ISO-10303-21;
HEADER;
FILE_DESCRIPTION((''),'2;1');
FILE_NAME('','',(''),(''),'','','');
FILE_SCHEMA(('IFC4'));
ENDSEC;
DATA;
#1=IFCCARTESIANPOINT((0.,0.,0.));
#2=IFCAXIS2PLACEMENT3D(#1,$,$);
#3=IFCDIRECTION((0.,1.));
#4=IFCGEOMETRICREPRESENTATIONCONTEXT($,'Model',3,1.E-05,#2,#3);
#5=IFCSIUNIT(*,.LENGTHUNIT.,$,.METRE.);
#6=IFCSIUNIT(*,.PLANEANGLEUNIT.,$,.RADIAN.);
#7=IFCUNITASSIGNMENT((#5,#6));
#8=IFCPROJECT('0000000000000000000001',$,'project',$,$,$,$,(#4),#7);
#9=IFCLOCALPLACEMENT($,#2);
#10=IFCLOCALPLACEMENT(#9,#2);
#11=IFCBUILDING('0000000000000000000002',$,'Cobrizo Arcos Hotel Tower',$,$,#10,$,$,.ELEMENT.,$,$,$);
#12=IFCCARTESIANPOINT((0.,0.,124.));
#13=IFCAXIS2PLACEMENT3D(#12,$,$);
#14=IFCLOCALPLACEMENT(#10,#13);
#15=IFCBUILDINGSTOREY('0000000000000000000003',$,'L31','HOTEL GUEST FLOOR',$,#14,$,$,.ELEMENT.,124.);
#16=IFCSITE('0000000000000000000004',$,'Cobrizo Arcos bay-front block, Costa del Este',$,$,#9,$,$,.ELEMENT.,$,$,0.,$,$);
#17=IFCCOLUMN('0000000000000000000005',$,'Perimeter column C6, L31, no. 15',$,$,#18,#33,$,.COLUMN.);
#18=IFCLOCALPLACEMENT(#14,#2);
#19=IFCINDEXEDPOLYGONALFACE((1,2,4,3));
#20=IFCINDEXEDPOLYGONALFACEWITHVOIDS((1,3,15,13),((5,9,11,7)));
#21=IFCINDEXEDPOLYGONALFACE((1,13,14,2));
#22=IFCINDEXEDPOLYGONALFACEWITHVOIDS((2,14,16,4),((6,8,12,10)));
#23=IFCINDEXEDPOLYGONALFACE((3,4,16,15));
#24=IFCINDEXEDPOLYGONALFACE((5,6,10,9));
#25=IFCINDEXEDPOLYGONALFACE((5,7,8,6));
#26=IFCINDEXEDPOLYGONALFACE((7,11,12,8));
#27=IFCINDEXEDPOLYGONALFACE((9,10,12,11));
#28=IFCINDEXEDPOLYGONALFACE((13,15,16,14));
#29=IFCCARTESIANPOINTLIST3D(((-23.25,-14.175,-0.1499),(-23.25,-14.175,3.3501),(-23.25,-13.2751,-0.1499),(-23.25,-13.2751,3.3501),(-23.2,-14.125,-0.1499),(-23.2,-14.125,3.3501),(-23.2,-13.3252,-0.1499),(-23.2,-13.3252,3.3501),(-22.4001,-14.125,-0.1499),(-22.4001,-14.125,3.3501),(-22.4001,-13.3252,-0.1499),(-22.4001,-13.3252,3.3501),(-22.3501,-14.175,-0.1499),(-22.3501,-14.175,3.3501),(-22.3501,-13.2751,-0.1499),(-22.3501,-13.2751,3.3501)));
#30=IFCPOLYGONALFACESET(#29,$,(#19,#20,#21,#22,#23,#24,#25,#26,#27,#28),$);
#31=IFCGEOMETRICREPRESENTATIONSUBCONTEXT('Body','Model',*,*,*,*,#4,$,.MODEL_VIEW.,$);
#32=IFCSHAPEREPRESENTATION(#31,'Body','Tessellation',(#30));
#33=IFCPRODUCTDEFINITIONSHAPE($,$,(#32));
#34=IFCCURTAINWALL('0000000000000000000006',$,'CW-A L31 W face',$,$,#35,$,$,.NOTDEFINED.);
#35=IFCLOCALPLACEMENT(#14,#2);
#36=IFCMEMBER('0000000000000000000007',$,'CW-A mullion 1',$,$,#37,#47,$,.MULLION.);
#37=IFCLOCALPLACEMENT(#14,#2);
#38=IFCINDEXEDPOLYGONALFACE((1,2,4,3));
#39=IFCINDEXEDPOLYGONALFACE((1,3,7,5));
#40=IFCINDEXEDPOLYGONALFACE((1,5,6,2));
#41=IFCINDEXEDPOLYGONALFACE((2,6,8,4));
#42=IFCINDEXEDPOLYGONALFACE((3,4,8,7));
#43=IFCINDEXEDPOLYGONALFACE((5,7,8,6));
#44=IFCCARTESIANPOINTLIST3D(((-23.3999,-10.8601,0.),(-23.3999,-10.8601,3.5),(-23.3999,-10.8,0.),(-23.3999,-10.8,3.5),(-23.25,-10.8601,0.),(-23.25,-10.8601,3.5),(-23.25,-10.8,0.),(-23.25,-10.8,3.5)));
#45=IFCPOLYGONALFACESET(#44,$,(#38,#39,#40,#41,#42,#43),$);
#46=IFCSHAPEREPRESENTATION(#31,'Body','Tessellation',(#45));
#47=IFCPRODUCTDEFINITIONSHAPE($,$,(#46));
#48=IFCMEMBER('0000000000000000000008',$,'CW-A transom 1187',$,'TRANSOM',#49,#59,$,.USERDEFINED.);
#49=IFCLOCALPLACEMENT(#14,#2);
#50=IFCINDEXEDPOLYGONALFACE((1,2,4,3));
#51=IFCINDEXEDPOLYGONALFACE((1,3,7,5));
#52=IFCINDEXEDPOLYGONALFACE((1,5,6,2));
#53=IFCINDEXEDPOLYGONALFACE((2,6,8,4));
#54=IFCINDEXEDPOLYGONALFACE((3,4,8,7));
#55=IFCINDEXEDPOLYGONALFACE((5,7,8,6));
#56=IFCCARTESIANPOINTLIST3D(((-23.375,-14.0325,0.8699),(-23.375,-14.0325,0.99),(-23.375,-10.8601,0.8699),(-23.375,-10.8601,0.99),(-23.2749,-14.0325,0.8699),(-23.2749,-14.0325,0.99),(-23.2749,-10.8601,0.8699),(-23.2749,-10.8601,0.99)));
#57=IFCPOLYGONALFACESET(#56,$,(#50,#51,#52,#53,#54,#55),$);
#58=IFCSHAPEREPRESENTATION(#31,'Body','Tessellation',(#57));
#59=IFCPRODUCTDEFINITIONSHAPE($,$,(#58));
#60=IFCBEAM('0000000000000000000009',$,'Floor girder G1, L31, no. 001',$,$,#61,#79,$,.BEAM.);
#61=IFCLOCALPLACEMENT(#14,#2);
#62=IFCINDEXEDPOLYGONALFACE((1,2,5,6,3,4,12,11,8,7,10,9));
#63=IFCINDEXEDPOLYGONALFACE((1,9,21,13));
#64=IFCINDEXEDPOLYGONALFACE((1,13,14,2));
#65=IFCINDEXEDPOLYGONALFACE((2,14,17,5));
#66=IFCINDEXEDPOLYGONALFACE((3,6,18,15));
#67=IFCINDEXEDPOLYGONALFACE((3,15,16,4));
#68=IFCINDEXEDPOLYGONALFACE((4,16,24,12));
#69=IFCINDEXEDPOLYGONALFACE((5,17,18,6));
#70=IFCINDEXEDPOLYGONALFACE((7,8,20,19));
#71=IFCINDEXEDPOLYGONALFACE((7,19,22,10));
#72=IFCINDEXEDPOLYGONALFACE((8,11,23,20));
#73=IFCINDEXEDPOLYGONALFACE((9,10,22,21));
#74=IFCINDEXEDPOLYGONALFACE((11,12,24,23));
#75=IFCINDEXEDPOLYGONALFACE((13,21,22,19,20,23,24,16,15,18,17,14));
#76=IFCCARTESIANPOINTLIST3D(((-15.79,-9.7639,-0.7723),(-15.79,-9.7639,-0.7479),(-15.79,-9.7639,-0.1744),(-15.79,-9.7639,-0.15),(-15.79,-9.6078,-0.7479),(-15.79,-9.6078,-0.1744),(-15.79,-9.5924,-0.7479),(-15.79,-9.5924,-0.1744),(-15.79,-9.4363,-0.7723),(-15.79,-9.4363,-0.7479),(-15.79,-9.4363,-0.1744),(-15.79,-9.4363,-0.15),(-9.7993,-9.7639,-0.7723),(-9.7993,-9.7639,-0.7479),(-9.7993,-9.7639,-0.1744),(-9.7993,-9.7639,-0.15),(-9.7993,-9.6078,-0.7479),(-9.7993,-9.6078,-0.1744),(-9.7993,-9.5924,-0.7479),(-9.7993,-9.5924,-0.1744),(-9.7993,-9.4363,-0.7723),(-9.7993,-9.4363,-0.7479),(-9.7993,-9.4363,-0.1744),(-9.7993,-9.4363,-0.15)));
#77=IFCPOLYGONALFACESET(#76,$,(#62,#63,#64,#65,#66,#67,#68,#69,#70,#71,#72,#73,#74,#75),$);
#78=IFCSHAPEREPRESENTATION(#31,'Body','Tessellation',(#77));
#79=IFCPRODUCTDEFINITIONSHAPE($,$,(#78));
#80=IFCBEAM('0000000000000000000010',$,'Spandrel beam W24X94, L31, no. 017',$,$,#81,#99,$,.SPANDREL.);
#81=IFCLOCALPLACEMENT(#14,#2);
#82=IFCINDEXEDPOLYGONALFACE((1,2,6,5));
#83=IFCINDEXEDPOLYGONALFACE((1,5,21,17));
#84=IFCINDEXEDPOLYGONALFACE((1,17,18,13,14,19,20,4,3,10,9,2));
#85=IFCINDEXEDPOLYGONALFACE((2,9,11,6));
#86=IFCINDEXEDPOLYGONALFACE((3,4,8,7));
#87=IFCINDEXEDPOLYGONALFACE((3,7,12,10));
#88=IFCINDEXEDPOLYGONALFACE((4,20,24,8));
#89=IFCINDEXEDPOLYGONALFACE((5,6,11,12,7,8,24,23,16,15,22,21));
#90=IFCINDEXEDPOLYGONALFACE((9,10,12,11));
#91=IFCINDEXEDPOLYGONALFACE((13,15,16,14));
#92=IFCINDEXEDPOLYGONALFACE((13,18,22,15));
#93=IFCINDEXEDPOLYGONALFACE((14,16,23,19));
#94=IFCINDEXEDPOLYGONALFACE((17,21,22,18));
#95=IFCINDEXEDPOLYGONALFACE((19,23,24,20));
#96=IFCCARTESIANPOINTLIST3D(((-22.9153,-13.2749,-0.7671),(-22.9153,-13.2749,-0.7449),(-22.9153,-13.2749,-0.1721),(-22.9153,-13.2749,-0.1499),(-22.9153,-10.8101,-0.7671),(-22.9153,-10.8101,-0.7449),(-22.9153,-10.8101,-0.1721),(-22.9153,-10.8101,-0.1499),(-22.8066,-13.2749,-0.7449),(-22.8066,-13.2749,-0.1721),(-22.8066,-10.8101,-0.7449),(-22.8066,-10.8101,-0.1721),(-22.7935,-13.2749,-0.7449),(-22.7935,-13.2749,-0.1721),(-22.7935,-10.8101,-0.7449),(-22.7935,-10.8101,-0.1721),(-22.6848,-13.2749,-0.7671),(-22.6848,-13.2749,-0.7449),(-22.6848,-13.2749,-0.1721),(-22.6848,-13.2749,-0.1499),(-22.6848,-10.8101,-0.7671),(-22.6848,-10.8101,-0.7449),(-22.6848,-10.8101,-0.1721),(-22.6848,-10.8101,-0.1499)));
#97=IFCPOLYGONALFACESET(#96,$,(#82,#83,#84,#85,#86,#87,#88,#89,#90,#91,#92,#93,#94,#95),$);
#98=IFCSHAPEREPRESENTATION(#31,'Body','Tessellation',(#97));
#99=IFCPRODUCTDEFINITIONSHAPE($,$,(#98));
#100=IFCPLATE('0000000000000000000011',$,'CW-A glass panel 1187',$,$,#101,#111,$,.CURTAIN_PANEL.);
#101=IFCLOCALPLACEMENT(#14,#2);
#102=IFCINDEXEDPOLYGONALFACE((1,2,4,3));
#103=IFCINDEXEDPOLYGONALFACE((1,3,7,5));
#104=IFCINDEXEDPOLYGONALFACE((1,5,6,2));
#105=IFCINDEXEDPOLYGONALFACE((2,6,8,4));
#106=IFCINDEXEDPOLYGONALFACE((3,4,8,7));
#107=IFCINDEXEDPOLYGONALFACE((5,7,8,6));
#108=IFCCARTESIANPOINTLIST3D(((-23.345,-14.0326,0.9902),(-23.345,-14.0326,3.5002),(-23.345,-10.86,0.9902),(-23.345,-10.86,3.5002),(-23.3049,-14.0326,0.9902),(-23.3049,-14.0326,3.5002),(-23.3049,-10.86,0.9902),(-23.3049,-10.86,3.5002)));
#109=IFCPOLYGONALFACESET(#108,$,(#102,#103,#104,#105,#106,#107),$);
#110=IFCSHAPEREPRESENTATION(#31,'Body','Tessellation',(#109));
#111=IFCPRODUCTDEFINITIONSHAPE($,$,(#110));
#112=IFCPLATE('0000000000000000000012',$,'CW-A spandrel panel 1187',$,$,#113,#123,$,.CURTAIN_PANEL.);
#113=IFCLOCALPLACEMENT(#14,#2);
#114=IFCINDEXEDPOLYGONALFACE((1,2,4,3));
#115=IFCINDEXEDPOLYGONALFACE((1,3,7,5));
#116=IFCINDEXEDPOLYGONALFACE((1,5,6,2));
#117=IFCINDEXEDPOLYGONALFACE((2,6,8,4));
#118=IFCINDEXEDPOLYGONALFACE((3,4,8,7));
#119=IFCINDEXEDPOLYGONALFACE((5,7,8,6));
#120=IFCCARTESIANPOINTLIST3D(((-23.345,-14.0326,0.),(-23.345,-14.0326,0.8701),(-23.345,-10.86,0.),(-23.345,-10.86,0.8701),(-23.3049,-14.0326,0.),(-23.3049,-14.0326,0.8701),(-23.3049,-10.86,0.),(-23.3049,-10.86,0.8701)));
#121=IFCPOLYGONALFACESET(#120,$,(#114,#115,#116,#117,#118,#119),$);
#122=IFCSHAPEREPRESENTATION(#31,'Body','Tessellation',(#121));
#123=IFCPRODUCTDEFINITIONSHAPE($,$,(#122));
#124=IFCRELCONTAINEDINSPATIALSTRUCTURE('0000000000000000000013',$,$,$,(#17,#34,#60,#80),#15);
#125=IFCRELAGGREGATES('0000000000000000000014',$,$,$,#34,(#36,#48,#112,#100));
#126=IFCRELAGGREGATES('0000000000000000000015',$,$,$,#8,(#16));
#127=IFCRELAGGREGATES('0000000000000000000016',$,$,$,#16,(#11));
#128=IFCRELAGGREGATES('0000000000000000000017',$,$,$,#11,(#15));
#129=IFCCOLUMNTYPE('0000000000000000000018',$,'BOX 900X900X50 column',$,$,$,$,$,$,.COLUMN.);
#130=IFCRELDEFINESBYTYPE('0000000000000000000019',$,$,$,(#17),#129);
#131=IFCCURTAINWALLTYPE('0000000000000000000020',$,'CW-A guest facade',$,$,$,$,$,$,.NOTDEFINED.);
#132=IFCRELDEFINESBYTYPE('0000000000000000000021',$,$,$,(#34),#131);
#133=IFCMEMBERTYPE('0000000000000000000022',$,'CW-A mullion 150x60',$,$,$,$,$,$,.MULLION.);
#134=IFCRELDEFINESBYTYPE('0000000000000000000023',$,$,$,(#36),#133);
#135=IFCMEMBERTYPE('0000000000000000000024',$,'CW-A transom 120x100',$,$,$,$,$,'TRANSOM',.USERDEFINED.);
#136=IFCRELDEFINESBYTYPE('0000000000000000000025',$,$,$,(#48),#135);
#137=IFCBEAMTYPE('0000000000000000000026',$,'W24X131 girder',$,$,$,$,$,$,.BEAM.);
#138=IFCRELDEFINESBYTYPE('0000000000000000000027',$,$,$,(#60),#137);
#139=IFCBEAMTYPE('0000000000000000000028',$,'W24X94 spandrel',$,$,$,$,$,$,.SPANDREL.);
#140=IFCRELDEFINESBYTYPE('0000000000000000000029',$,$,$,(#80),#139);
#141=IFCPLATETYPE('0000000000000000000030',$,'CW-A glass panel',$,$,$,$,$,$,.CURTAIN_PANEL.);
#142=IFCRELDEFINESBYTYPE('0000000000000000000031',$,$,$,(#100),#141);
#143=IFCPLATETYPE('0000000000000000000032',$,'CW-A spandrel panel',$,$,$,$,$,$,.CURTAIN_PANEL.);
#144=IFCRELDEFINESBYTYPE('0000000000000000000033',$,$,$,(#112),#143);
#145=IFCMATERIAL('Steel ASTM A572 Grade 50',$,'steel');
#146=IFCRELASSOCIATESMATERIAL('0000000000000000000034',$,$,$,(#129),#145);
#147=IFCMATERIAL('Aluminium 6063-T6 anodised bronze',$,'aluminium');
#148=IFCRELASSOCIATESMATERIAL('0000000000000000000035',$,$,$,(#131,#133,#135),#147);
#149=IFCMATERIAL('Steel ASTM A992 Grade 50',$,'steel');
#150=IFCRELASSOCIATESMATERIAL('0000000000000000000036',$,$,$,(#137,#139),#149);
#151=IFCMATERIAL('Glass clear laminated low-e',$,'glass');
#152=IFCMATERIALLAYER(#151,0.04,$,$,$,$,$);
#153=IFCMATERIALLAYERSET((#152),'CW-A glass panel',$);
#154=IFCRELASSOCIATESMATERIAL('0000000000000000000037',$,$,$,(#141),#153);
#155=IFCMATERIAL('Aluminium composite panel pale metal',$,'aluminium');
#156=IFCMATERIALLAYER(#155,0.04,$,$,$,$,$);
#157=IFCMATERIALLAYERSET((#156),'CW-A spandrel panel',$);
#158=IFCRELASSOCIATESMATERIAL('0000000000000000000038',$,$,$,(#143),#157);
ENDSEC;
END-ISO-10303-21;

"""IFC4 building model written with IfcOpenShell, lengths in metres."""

from ifc_helpers import new_model, si_unit, direction, frame, origin, origin_2d, place, context, subcontext, project, spatial, rectangle, hollow_rectangle, i_section, extrude, material, layer, layer_set, material_profile, profile_set, type_object, element, aggregate, save


model = new_model("IFC4")

# Units and contexts
model_context = context("Model", 3, precision=1e-05, world=origin(), true_north=direction((0.0, 1.0)))
body_context = subcontext(model_context, "Body", "Model", "MODEL_VIEW")
ifc_project = project(units=[si_unit("LENGTHUNIT", "METRE"), si_unit("PLANEANGLEUNIT", "RADIAN")], contexts=[model_context])

# Site, building, storey
site_placement = place(None, origin())
site = spatial("IfcSite", under=ifc_project, at=site_placement, Name="Cobrizo Arcos bay-front block, Costa del Este", CompositionType="ELEMENT", RefElevation=0.0)
building_placement = place(site_placement, origin())
building = spatial("IfcBuilding", under=site, at=building_placement, Name="Cobrizo Arcos Hotel Tower", CompositionType="ELEMENT")
storey_placement = place(building_placement, frame((0.0, 0.0, 124.0)))
storey = spatial("IfcBuildingStorey", under=building, at=storey_placement, Name="L31", Description="HOTEL GUEST FLOOR", CompositionType="ELEMENT", Elevation=124.0)

# Column
ifc_material_1 = material(Name="Steel ASTM A572 Grade 50", Category="steel")
ifc_material_profile_1 = material_profile(ifc_material_1, hollow_rectangle(XDim=0.8999, YDim=0.8999, WallThickness=0.05, at=origin_2d()), Name="BOX 900X900X50")
ifc_profile_set_1 = profile_set([ifc_material_profile_1], Name="Steel ASTM A572 Grade 50")
column_type = type_object("IfcColumnType", Name="BOX 900X900X50 column", PredefinedType="COLUMN", material=ifc_profile_set_1)
column_placement = place(storey_placement, frame((-22.8, -13.7251, -0.1499), z_axis=(0.0, 0.0, 1.0), x_axis=(1.0, 0.0, 0.0)))
element("IfcColumn", 1, at=column_placement, inside=storey, type_object=column_type, Name="Perimeter column C6, L31, no. 15", PredefinedType="COLUMN", context=body_context, shape_type="SweptSolid", body=[
    extrude(hollow_rectangle(XDim=0.8999, YDim=0.8999, WallThickness=0.05, at=origin_2d()), origin(), (0.0, 0.0, 1.0), 3.5),
])

# Curtain wall, members
ifc_material_2 = material(Name="Aluminium 6063-T6 anodised bronze", Category="aluminium")
curtain_wall_type = type_object("IfcCurtainWallType", Name="CW-A guest facade", PredefinedType="NOTDEFINED", material=ifc_material_2)
curtain_wall_placement = place(storey_placement, origin())
curtain_wall = element("IfcCurtainWall", 2, at=curtain_wall_placement, inside=storey, type_object=curtain_wall_type, Name="CW-A L31 W face", PredefinedType="NOTDEFINED")
ifc_material_profile_2 = material_profile(ifc_material_2, rectangle(XDim=0.1499, YDim=0.0601, at=origin_2d()), Name="CW-A mullion 150x60")
ifc_profile_set_2 = profile_set([ifc_material_profile_2], Name="Aluminium 6063-T6 anodised bronze")
member_type_1 = type_object("IfcMemberType", Name="CW-A mullion 150x60", PredefinedType="MULLION", material=ifc_profile_set_2)
member_1_placement = place(storey_placement, frame((-23.325, -10.8301, 0.0), z_axis=(0.0, 0.0, 1.0), x_axis=(-1.0, 0.0, 0.0)))
member_1 = element("IfcMember", 3, at=member_1_placement, type_object=member_type_1, Name="CW-A mullion 1", PredefinedType="MULLION", context=body_context, shape_type="SweptSolid", body=[
    extrude(rectangle(XDim=0.1499, YDim=0.0601, at=origin_2d()), origin(), (0.0, 0.0, 1.0), 3.5),
])
ifc_material_profile_3 = material_profile(ifc_material_2, rectangle(XDim=0.1001, YDim=0.1201, at=origin_2d()), Name="CW-A transom 120x100")
ifc_profile_set_3 = profile_set([ifc_material_profile_3], Name="Aluminium 6063-T6 anodised bronze")
member_type_2 = type_object("IfcMemberType", Name="CW-A transom 120x100", ElementType="TRANSOM", PredefinedType="USERDEFINED", material=ifc_profile_set_3)
member_2_placement = place(storey_placement, frame((-23.325, -10.8601, 0.9299), z_axis=(0.0, -1.0, 0.0), x_axis=(1.0, 0.0, 0.0)))
member_2 = element("IfcMember", 4, at=member_2_placement, type_object=member_type_2, Name="CW-A transom 1187", ObjectType="TRANSOM", PredefinedType="USERDEFINED", context=body_context, shape_type="SweptSolid", body=[
    extrude(rectangle(XDim=0.1001, YDim=0.1201, at=origin_2d()), origin(), (0.0, 0.0, 1.0), 3.1724),
])

# Beams
ifc_material_3 = material(Name="Steel ASTM A992 Grade 50", Category="steel")
ifc_material_profile_4 = material_profile(ifc_material_3, i_section(OverallWidth=0.3276, OverallDepth=0.6223, WebThickness=0.0154, FlangeThickness=0.0244, at=origin_2d()), Name="W24X131")
ifc_profile_set_4 = profile_set([ifc_material_profile_4], Name="Steel ASTM A992 Grade 50")
beam_type_1 = type_object("IfcBeamType", Name="W24X131 girder", PredefinedType="BEAM", material=ifc_profile_set_4)
beam_1_placement = place(storey_placement, frame((-15.79, -9.6001, -0.4612), z_axis=(1.0, 0.0, 0.0), x_axis=(0.0, 1.0, 0.0)))
element("IfcBeam", 5, at=beam_1_placement, inside=storey, type_object=beam_type_1, Name="Floor girder G1, L31, no. 001", PredefinedType="BEAM", context=body_context, shape_type="SweptSolid", body=[
    extrude(i_section(OverallWidth=0.3276, OverallDepth=0.6223, WebThickness=0.0154, FlangeThickness=0.0244, at=origin_2d()), origin(), (0.0, 0.0, 1.0), 5.9907),
])
ifc_material_profile_5 = material_profile(ifc_material_3, i_section(OverallWidth=0.2305, OverallDepth=0.6172, WebThickness=0.0132, FlangeThickness=0.0222, at=origin_2d()), Name="W24X94")
ifc_profile_set_5 = profile_set([ifc_material_profile_5], Name="Steel ASTM A992 Grade 50")
beam_type_2 = type_object("IfcBeamType", Name="W24X94 spandrel", PredefinedType="SPANDREL", material=ifc_profile_set_5)
beam_2_placement = place(storey_placement, frame((-22.8, -13.2749, -0.4585), z_axis=(0.0, 1.0, 0.0), x_axis=(-1.0, 0.0, 0.0)))
element("IfcBeam", 6, at=beam_2_placement, inside=storey, type_object=beam_type_2, Name="Spandrel beam W24X94, L31, no. 017", PredefinedType="SPANDREL", context=body_context, shape_type="SweptSolid", body=[
    extrude(i_section(OverallWidth=0.2305, OverallDepth=0.6172, WebThickness=0.0132, FlangeThickness=0.0222, at=origin_2d()), origin(), (0.0, 0.0, 1.0), 2.4648),
])

# Plates
ifc_material_4 = material(Name="Glass clear laminated low-e", Category="glass")
ifc_layer_1 = layer(ifc_material_4, 0.04)
ifc_layer_set_1 = layer_set([ifc_layer_1], Name="CW-A glass panel")
plate_type_1 = type_object("IfcPlateType", Name="CW-A glass panel", PredefinedType="CURTAIN_PANEL", material=ifc_layer_set_1)
plate_1_placement = place(storey_placement, frame((-23.325, -12.4463, 0.9902), z_axis=(0.0, 0.0, 1.0), x_axis=(0.0, -1.0, 0.0)))
plate_1 = element("IfcPlate", 7, at=plate_1_placement, type_object=plate_type_1, Name="CW-A glass panel 1187", PredefinedType="CURTAIN_PANEL", context=body_context, shape_type="SweptSolid", body=[
    extrude(rectangle(XDim=3.1726, YDim=0.04, at=origin_2d()), origin(), (0.0, 0.0, 1.0), 2.51),
])
ifc_material_5 = material(Name="Aluminium composite panel pale metal", Category="aluminium")
ifc_layer_2 = layer(ifc_material_5, 0.04)
ifc_layer_set_2 = layer_set([ifc_layer_2], Name="CW-A spandrel panel")
plate_type_2 = type_object("IfcPlateType", Name="CW-A spandrel panel", PredefinedType="CURTAIN_PANEL", material=ifc_layer_set_2)
plate_2_placement = place(storey_placement, frame((-23.325, -12.4463, 0.0), z_axis=(0.0, 0.0, 1.0), x_axis=(0.0, -1.0, 0.0)))
plate_2 = element("IfcPlate", 8, at=plate_2_placement, type_object=plate_type_2, Name="CW-A spandrel panel 1187", PredefinedType="CURTAIN_PANEL", context=body_context, shape_type="SweptSolid", body=[
    extrude(rectangle(XDim=3.1726, YDim=0.04, at=origin_2d()), origin(), (0.0, 0.0, 1.0), 0.8701),
])
aggregate(curtain_wall, [member_1, member_2, plate_2, plate_1])

save(model, "model.ifc")
